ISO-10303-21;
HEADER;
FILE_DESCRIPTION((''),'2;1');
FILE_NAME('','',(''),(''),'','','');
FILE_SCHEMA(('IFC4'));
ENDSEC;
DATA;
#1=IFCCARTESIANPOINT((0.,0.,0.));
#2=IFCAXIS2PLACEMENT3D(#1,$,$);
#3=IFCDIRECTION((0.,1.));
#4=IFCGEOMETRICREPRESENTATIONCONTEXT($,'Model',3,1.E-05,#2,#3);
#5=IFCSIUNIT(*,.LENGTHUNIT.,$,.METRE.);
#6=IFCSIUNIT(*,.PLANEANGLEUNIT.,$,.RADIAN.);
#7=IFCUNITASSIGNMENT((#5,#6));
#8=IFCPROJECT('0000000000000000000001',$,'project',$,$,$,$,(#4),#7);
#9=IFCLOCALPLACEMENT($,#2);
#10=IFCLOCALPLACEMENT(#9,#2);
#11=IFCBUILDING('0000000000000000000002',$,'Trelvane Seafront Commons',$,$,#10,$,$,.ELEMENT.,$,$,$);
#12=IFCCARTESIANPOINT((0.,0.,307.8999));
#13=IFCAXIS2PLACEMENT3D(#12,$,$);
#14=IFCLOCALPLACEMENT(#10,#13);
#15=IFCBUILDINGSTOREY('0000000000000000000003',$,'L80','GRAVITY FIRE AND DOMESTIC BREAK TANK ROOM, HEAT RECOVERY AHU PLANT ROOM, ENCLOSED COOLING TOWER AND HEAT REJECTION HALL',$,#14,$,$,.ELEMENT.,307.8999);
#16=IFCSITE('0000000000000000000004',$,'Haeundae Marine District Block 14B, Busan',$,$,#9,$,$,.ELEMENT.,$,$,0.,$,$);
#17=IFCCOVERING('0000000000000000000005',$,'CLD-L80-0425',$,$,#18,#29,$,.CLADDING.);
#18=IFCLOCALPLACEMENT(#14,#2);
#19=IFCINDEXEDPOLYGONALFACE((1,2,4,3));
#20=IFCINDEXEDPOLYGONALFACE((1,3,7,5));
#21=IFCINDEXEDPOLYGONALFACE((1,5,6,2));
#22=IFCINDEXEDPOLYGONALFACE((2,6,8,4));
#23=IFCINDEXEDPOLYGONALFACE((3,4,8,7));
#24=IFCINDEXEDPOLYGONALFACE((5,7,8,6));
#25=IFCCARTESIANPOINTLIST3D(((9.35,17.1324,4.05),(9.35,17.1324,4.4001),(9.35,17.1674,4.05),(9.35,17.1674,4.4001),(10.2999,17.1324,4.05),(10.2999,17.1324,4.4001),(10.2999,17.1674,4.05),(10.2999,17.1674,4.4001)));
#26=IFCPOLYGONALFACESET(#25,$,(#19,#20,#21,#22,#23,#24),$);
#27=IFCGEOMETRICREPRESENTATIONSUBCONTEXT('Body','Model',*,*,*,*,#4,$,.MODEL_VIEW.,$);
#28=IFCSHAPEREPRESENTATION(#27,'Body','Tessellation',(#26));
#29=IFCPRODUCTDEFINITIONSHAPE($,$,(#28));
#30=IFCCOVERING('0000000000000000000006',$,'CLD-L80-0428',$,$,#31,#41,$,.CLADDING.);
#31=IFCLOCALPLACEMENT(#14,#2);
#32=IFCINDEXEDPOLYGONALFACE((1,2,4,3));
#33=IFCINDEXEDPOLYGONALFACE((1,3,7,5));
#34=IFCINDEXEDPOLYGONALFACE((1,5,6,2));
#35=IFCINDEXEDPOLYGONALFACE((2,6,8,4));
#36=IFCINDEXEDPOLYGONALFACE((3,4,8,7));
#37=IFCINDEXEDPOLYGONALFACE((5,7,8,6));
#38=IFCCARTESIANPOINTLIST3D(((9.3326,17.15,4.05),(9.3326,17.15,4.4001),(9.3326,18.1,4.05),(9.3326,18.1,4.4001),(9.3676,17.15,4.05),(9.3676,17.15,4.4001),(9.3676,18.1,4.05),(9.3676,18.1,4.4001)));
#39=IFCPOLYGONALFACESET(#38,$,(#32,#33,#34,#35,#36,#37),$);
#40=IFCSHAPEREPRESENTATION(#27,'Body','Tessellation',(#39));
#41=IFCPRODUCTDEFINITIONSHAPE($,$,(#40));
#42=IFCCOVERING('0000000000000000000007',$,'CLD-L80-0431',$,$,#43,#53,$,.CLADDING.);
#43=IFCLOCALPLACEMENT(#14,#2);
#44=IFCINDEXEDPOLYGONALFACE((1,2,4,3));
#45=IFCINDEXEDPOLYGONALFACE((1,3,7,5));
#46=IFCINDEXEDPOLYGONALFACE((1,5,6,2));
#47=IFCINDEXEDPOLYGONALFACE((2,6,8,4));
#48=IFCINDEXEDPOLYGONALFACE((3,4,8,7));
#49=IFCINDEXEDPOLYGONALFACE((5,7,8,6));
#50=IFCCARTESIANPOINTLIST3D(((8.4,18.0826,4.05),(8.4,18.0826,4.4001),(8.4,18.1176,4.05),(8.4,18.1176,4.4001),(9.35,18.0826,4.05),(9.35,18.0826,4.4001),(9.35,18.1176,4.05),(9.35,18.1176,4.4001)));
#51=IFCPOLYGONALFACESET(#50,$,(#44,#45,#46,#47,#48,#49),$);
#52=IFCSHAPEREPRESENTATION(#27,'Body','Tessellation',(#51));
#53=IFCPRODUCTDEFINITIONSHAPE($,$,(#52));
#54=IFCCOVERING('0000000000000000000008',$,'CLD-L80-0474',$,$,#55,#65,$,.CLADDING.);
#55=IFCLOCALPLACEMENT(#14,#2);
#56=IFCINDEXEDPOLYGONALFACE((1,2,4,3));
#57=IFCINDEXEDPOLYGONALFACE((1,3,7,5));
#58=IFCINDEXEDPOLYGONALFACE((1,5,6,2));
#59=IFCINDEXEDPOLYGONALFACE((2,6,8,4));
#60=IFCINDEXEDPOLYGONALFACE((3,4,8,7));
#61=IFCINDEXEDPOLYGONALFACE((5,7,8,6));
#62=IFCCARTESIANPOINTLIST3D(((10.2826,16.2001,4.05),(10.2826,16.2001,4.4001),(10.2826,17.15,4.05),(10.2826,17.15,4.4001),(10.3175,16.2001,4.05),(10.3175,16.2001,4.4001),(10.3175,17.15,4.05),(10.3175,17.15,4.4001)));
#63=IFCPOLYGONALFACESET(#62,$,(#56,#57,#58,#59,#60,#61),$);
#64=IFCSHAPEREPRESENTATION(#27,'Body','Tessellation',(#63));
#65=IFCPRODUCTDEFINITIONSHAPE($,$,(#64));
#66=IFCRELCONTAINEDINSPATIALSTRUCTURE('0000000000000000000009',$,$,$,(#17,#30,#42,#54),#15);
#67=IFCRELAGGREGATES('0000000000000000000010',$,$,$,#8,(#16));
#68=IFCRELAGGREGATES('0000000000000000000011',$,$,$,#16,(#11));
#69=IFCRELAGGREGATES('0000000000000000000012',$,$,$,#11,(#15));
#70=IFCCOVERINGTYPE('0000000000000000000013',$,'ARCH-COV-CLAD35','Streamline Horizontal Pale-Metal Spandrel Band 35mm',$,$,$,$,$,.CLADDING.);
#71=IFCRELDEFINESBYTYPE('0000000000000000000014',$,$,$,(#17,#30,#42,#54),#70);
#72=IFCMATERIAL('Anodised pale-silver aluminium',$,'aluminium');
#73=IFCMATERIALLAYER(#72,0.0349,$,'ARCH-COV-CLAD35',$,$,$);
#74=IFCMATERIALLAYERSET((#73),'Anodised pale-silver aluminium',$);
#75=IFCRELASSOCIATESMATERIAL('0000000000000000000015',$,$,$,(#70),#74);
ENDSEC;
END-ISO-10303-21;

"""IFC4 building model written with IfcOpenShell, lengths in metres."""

from ifc_helpers import new_model, si_unit, direction, frame, origin, origin_2d, place, context, subcontext, project, spatial, rectangle, extrude, source, transform, mapped, material, layer, layer_set, type_object, element, save


model = new_model("IFC4")

# Units and contexts
model_context = context("Model", 3, precision=1e-05, world=origin(), true_north=direction((0.0, 1.0)))
body_context = subcontext(model_context, "Body", "Model", "MODEL_VIEW")
ifc_project = project(units=[si_unit("LENGTHUNIT", "METRE"), si_unit("PLANEANGLEUNIT", "RADIAN")], contexts=[model_context])

# Site, building, storey
site_placement = place(None, origin())
site = spatial("IfcSite", under=ifc_project, at=site_placement, Name="Haeundae Marine District Block 14B, Busan", CompositionType="ELEMENT", RefElevation=0.0)
building_placement = place(site_placement, origin())
building = spatial("IfcBuilding", under=site, at=building_placement, Name="Trelvane Seafront Commons", CompositionType="ELEMENT")
storey_placement = place(building_placement, frame((0.0, 0.0, 307.8999)))
storey = spatial("IfcBuildingStorey", under=building, at=storey_placement, Name="L80", Description="GRAVITY FIRE AND DOMESTIC BREAK TANK ROOM, HEAT RECOVERY AHU PLANT ROOM, ENCLOSED COOLING TOWER AND HEAT REJECTION HALL", CompositionType="ELEMENT", Elevation=307.8999)

# Shared definitions
ifc_material_1 = material(Name="Anodised pale-silver aluminium", Category="aluminium")

# Coverings
ifc_layer_1 = layer(ifc_material_1, 0.0349, Name="ARCH-COV-CLAD35")
ifc_layer_set_1 = layer_set([ifc_layer_1], Name="Anodised pale-silver aluminium")
covering_type_1 = type_object("IfcCoveringType", Name="ARCH-COV-CLAD35", Description="Streamline Horizontal Pale-Metal Spandrel Band 35mm", PredefinedType="CLADDING", material=ifc_layer_set_1)
shared_shape_1 = source(origin(), body_context, "Body", "SweptSolid", [
    extrude(rectangle(XDim=0.95, YDim=0.0349, at=origin_2d()), origin(), (0.0, 0.0, 1.0), 0.3501),
])
for number, where, z_axis, x_axis, name in (
    (1, (9.825, 17.1499, 4.05), (0.0, 0.0, 1.0), (-1.0, 0.0, 0.0), "CLD-L80-0425"),
    (2, (9.3501, 17.625, 4.05), (0.0, 0.0, 1.0), (0.0, 1.0, 0.0), "CLD-L80-0428"),
    (3, (8.875, 18.1001, 4.05), (0.0, 0.0, 1.0), (-1.0, 0.0, 0.0), "CLD-L80-0431"),
    (4, (10.3, 16.675, 4.05), (0.0, 0.0, 1.0), (0.0, 1.0, 0.0), "CLD-L80-0474"),
):
    element("IfcCovering", number, at=place(storey_placement, frame(where, z_axis=z_axis, x_axis=x_axis)), inside=storey, type_object=covering_type_1, Name=name, PredefinedType="CLADDING", context=body_context, shape_type="MappedRepresentation", body=[
        mapped(shared_shape_1, transform((0.0, 0.0, 0.0), x_axis=(1.0, 0.0, 0.0), y_axis=(0.0, 1.0, 0.0), z_axis=(0.0, 0.0, 1.0), scale=1.0)),
    ])

save(model, "model.ifc")
